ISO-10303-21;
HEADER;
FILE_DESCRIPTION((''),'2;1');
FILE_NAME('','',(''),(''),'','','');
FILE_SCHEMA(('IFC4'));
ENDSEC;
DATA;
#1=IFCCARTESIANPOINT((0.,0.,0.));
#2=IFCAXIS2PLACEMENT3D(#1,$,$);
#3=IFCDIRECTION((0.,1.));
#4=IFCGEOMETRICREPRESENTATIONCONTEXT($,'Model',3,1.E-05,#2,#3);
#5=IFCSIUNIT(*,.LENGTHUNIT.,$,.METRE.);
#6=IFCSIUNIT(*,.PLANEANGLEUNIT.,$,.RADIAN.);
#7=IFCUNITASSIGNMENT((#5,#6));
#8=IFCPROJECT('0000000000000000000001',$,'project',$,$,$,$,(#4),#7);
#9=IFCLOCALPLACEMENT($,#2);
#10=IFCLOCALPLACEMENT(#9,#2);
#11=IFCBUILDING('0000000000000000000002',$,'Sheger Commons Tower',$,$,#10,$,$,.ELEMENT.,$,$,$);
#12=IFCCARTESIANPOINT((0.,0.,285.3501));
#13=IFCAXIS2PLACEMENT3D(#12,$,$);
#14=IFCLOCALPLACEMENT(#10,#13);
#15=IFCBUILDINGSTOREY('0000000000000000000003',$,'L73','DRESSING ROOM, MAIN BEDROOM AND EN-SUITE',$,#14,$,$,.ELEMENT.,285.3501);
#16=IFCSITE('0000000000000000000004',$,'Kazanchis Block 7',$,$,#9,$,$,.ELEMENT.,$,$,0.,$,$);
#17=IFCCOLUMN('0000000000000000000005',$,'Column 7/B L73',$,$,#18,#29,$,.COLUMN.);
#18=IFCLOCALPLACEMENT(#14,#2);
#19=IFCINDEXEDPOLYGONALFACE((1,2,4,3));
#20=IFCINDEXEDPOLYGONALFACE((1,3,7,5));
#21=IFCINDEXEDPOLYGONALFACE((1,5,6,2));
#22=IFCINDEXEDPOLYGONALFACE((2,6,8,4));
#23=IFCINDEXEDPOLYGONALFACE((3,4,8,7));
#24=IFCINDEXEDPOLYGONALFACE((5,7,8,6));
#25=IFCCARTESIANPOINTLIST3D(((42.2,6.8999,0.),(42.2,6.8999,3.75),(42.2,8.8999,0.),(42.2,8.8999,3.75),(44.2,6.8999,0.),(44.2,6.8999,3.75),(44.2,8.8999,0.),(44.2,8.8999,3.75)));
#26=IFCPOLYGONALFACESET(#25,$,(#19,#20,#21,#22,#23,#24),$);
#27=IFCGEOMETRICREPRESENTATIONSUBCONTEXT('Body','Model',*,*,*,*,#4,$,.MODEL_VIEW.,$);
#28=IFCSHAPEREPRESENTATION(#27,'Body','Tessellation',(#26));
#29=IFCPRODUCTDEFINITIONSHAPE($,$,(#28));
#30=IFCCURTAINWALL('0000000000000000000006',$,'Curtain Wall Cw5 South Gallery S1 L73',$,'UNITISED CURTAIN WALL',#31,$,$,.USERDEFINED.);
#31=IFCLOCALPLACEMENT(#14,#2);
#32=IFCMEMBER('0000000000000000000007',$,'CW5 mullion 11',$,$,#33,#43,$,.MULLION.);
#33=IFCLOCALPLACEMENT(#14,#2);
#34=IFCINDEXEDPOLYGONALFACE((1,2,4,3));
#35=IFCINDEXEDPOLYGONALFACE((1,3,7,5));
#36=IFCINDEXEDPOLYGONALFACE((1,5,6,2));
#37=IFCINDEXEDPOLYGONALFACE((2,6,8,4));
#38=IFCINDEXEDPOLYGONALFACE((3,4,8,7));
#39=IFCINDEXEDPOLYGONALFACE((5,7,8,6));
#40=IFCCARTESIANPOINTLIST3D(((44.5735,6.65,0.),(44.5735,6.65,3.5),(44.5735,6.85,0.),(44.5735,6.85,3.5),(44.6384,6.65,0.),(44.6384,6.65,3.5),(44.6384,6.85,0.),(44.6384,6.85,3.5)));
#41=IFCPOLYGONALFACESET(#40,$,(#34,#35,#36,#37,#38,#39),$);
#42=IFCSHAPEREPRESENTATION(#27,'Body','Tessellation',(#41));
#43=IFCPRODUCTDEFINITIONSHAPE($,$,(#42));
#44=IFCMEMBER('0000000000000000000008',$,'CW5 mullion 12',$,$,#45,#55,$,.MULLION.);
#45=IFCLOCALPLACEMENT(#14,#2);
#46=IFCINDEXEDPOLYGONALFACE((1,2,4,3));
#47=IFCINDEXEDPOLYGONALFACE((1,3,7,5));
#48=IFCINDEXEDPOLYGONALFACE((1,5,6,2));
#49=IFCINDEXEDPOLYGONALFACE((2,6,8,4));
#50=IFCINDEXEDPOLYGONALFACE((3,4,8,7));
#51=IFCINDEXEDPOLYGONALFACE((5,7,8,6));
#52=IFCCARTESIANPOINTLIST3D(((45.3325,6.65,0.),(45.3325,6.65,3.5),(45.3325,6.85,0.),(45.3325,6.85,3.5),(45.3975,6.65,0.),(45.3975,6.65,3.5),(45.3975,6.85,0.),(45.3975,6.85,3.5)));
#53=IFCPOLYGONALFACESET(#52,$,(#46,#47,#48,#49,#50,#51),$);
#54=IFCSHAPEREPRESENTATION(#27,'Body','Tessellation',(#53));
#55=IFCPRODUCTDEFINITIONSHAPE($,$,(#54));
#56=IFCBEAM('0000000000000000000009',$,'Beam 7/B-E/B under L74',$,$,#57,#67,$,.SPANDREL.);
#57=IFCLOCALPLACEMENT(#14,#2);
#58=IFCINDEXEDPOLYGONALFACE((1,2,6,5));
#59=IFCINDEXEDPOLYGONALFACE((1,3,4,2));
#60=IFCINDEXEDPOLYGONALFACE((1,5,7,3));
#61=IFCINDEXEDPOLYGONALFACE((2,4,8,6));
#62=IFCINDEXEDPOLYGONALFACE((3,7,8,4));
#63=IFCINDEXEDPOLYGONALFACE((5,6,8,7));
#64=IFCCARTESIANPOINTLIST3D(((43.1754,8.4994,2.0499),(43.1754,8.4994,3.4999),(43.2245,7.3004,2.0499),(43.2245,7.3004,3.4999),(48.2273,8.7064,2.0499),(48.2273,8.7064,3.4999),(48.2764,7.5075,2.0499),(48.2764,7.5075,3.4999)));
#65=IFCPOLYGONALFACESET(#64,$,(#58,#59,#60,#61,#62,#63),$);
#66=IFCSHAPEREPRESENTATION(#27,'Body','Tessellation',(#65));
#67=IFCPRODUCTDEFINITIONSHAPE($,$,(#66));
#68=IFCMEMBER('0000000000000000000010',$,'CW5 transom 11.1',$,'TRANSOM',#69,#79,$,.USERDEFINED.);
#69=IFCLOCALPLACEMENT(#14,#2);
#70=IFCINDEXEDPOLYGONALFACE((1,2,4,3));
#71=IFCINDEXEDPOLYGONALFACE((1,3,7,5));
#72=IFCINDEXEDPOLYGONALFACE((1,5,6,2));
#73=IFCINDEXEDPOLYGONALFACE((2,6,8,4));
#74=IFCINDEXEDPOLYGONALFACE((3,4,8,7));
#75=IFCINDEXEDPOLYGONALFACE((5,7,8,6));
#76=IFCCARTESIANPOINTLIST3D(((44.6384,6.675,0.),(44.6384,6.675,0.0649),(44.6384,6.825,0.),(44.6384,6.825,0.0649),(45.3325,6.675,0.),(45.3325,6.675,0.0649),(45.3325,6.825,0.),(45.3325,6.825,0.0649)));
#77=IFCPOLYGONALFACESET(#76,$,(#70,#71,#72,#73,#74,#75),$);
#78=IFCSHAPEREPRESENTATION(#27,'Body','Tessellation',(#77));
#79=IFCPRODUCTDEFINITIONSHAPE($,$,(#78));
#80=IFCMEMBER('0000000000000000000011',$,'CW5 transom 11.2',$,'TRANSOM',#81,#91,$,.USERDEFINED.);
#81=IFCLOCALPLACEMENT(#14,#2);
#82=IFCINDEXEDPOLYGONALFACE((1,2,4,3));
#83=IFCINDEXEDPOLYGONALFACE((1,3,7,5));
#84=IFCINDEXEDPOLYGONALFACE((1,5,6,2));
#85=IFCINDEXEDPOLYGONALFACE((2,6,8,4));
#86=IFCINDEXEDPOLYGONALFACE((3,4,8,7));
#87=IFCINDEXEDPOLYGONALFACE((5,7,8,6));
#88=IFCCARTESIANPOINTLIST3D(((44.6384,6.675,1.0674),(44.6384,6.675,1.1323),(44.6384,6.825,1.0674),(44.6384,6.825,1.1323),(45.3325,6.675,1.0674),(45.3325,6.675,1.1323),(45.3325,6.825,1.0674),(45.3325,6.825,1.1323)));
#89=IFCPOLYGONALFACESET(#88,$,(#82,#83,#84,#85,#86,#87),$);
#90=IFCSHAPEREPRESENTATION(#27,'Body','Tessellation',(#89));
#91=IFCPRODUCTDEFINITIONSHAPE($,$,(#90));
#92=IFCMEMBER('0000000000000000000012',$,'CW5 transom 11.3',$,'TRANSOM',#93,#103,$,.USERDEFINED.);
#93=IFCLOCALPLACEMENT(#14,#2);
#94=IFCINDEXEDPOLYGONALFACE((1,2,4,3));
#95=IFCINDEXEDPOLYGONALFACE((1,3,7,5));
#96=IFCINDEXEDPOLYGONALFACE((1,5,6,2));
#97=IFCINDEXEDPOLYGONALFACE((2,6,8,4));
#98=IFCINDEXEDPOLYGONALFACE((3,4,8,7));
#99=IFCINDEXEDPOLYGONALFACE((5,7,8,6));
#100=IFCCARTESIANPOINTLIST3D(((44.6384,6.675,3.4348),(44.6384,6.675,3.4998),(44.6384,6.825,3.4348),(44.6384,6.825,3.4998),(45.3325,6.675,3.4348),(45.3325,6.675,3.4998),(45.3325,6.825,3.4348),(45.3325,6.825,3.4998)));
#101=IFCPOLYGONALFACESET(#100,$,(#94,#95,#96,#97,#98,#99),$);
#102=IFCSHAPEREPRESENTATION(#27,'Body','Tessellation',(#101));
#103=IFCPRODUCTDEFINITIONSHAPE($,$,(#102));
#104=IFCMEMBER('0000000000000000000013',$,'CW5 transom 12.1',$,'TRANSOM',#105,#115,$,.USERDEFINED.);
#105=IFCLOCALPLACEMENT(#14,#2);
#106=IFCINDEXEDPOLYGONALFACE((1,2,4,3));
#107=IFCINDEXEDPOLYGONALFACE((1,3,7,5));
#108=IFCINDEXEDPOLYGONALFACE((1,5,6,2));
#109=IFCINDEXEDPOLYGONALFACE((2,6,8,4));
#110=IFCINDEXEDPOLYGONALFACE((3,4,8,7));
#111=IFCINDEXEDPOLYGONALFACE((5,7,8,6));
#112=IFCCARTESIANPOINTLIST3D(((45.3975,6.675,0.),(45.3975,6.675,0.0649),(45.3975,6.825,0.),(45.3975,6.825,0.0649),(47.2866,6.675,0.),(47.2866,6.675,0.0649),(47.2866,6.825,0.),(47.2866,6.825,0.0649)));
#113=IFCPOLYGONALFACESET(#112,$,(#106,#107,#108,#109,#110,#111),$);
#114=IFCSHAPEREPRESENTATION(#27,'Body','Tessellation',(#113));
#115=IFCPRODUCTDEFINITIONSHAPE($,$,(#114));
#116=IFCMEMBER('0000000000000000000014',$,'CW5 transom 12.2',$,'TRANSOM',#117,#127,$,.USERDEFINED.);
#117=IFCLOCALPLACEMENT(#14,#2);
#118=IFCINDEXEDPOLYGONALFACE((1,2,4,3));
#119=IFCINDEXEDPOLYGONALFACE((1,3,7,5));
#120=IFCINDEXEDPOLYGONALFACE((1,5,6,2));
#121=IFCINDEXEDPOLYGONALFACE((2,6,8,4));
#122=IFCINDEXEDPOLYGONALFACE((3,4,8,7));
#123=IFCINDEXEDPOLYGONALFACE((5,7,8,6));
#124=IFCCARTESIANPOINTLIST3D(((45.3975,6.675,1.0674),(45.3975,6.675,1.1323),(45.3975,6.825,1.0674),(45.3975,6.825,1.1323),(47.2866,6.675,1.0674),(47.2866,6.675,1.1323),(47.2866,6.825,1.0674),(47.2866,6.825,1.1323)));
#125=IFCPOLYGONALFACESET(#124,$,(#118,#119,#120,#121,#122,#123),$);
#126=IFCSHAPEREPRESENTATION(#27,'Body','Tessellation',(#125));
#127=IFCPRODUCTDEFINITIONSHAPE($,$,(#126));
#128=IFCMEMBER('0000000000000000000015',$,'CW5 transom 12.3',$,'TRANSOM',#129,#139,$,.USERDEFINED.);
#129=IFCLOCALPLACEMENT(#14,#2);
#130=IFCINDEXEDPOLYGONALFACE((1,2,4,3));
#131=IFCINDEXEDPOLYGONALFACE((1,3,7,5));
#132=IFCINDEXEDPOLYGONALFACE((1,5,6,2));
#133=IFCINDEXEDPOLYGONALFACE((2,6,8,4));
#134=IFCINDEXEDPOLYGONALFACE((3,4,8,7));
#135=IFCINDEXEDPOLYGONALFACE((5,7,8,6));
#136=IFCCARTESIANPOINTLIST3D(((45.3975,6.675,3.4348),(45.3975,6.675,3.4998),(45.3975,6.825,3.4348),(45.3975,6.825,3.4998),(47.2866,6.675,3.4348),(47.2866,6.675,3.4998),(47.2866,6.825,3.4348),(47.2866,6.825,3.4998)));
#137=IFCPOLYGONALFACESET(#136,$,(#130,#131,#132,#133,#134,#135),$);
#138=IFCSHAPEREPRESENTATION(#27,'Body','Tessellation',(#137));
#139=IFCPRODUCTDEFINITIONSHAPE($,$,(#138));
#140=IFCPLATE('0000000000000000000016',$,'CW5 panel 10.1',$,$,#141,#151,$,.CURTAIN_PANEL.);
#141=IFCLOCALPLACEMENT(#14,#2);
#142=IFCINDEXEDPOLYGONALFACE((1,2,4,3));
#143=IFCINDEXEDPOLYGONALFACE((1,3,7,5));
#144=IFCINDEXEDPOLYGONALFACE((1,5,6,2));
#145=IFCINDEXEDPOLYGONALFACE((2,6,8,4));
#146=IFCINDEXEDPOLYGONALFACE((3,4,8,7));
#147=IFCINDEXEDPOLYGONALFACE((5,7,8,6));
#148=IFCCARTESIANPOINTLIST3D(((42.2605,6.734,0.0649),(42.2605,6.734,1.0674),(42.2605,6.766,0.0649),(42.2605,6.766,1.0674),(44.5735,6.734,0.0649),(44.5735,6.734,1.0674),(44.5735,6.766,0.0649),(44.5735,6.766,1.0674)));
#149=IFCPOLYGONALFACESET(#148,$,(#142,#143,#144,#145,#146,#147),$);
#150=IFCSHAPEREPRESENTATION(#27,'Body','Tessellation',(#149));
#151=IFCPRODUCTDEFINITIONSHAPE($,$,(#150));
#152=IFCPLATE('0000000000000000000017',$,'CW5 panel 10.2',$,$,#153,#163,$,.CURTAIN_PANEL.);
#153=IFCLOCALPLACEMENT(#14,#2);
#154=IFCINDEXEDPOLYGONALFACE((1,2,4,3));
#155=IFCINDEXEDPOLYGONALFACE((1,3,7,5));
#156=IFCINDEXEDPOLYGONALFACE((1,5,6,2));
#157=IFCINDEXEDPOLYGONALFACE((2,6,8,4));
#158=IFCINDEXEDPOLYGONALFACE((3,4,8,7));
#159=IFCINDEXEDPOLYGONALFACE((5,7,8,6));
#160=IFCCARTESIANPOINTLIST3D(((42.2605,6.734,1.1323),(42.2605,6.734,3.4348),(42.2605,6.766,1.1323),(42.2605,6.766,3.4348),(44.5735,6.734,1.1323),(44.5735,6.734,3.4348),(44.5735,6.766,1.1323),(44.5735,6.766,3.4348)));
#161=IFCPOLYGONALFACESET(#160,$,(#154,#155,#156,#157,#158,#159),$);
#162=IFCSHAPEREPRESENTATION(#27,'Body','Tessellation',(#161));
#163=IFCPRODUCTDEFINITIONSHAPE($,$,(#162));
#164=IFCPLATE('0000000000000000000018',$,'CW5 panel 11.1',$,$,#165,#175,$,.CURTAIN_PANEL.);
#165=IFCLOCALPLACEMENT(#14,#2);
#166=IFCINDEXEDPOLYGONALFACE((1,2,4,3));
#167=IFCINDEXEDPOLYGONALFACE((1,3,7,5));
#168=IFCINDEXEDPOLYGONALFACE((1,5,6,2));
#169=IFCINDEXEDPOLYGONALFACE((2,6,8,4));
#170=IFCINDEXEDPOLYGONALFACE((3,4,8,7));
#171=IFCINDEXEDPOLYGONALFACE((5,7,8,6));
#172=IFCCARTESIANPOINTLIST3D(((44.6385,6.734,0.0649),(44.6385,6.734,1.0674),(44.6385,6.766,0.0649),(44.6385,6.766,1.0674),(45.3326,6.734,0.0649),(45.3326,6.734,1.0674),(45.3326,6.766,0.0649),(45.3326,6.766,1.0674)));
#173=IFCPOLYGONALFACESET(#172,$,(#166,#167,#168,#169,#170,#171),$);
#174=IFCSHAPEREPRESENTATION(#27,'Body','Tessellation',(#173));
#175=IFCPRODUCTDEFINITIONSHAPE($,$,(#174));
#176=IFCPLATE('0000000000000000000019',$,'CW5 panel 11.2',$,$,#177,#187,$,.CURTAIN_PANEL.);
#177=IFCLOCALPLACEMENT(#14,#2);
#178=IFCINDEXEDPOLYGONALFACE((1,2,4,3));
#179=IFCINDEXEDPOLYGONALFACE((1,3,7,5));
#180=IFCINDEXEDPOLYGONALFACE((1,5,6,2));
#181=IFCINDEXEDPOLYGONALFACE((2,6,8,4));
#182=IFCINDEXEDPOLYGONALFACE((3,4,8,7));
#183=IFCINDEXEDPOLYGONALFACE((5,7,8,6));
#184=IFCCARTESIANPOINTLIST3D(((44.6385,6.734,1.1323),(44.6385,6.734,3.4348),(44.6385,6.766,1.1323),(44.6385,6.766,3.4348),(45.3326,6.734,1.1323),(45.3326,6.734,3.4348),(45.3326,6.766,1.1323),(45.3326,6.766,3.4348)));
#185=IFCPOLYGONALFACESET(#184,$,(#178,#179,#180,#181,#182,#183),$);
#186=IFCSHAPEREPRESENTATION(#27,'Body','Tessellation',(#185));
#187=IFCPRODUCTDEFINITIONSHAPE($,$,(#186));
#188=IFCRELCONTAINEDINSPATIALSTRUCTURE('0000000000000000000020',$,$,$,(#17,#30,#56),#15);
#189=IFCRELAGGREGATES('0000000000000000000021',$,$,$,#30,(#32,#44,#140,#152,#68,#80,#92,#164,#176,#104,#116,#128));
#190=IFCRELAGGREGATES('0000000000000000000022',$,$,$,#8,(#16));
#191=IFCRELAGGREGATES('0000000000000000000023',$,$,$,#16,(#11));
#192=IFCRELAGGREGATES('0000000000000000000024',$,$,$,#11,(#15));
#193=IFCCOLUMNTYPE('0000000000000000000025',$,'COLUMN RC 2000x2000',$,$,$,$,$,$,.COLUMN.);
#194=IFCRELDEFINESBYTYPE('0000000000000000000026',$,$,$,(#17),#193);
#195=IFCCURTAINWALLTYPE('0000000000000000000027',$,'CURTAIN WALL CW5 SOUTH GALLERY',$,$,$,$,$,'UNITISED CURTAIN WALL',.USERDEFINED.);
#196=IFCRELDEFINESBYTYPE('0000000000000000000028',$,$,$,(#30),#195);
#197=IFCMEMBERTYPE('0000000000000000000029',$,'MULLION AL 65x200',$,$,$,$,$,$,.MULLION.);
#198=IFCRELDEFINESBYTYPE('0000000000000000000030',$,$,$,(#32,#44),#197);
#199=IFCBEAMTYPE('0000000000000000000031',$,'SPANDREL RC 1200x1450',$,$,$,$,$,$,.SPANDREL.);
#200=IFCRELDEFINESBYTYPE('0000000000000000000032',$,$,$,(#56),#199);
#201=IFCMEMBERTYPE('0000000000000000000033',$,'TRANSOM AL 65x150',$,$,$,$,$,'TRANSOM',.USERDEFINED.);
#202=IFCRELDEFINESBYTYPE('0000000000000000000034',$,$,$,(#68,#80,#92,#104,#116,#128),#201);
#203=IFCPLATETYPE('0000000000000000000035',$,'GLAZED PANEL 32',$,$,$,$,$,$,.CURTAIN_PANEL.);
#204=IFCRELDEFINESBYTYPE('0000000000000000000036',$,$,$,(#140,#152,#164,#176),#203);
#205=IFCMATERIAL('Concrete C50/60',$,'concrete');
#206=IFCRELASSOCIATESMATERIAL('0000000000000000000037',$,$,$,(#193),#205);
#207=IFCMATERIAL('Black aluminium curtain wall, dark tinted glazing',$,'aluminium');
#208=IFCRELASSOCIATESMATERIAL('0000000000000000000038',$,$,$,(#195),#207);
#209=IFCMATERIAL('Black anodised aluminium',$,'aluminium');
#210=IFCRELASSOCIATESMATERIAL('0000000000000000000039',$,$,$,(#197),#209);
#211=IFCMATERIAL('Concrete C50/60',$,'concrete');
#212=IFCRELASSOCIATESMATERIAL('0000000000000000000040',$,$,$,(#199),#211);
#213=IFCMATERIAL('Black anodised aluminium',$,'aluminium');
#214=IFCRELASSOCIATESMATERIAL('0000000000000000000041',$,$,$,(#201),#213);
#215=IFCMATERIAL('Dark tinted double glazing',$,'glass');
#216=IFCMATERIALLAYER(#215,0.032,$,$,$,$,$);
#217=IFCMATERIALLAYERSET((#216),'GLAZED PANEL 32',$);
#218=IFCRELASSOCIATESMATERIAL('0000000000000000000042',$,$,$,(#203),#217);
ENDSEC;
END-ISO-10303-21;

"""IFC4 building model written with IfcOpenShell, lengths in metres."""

from ifc_helpers import new_model, si_unit, direction, frame, origin, origin_2d, place, context, subcontext, project, spatial, rectangle, extrude, material, layer, layer_set, material_profile, profile_set, type_object, element, aggregate, save


model = new_model("IFC4")

# Units and contexts
model_context = context("Model", 3, precision=1e-05, world=origin(), true_north=direction((0.0, 1.0)))
body_context = subcontext(model_context, "Body", "Model", "MODEL_VIEW")
ifc_project = project(units=[si_unit("LENGTHUNIT", "METRE"), si_unit("PLANEANGLEUNIT", "RADIAN")], contexts=[model_context])

# Site, building, storey
site_placement = place(None, origin())
site = spatial("IfcSite", under=ifc_project, at=site_placement, Name="Kazanchis Block 7", CompositionType="ELEMENT", RefElevation=0.0)
building_placement = place(site_placement, origin())
building = spatial("IfcBuilding", under=site, at=building_placement, Name="Sheger Commons Tower", CompositionType="ELEMENT")
storey_placement = place(building_placement, frame((0.0, 0.0, 285.3501)))
storey = spatial("IfcBuildingStorey", under=building, at=storey_placement, Name="L73", Description="DRESSING ROOM, MAIN BEDROOM AND EN-SUITE", CompositionType="ELEMENT", Elevation=285.3501)

# Column
ifc_material_1 = material(Name="Concrete C50/60", Category="concrete")
ifc_material_profile_1 = material_profile(ifc_material_1, rectangle(XDim=2.0, YDim=2.0, at=origin_2d()), Name="RC 2000x2000")
ifc_profile_set_1 = profile_set([ifc_material_profile_1], Name="Concrete C50/60")
column_type = type_object("IfcColumnType", Name="COLUMN RC 2000x2000", PredefinedType="COLUMN", material=ifc_profile_set_1)
column_placement = place(storey_placement, frame((43.2, 7.8999, 0.0), z_axis=(0.0, 0.0, 1.0), x_axis=(1.0, 0.0, 0.0)))
element("IfcColumn", 1, at=column_placement, inside=storey, type_object=column_type, Name="Column 7/B L73", PredefinedType="COLUMN", context=body_context, shape_type="SweptSolid", body=[
    extrude(rectangle(XDim=2.0, YDim=2.0, at=origin_2d()), origin(), (0.0, 0.0, 1.0), 3.75),
])

# Curtain wall, members
ifc_material_2 = material(Name="Black aluminium curtain wall, dark tinted glazing", Category="aluminium")
curtain_wall_type = type_object("IfcCurtainWallType", Name="CURTAIN WALL CW5 SOUTH GALLERY", ElementType="UNITISED CURTAIN WALL", PredefinedType="USERDEFINED", material=ifc_material_2)
curtain_wall_placement = place(storey_placement, origin())
curtain_wall = element("IfcCurtainWall", 2, at=curtain_wall_placement, inside=storey, type_object=curtain_wall_type, Name="Curtain Wall Cw5 South Gallery S1 L73", ObjectType="UNITISED CURTAIN WALL", PredefinedType="USERDEFINED")
ifc_material_3 = material(Name="Black anodised aluminium", Category="aluminium")
ifc_material_profile_2 = material_profile(ifc_material_3, rectangle(XDim=0.2, YDim=0.0649, at=origin_2d()), Name="AL 65x200")
ifc_profile_set_2 = profile_set([ifc_material_profile_2], Name="Black anodised aluminium")
member_type_1 = type_object("IfcMemberType", Name="MULLION AL 65x200", PredefinedType="MULLION", material=ifc_profile_set_2)
member_1_placement = place(storey_placement, frame((44.606, 6.75, 0.0), z_axis=(0.0, 0.0, 1.0), x_axis=(0.0, 1.0, 0.0)))
member_1 = element("IfcMember", 3, at=member_1_placement, type_object=member_type_1, Name="CW5 mullion 11", PredefinedType="MULLION", context=body_context, shape_type="SweptSolid", body=[
    extrude(rectangle(XDim=0.2, YDim=0.0649, at=origin_2d()), origin(), (0.0, 0.0, 1.0), 3.5),
])
member_2_placement = place(storey_placement, frame((45.365, 6.75, 0.0), z_axis=(0.0, 0.0, 1.0), x_axis=(0.0, 1.0, 0.0)))
member_2 = element("IfcMember", 4, at=member_2_placement, type_object=member_type_1, Name="CW5 mullion 12", PredefinedType="MULLION", context=body_context, shape_type="SweptSolid", body=[
    extrude(rectangle(XDim=0.2, YDim=0.0649, at=origin_2d()), origin(), (0.0, 0.0, 1.0), 3.5),
])

# Beam
ifc_material_4 = material(Name="Concrete C50/60", Category="concrete")
ifc_material_profile_3 = material_profile(ifc_material_4, rectangle(XDim=1.2, YDim=1.45, at=origin_2d()), Name="RC 1200x1450")
ifc_profile_set_3 = profile_set([ifc_material_profile_3], Name="Concrete C50/60")
beam_type = type_object("IfcBeamType", Name="SPANDREL RC 1200x1450", PredefinedType="SPANDREL", material=ifc_profile_set_3)
beam_placement = place(storey_placement, frame((43.2, 7.8999, 2.7749), z_axis=(0.999161, 0.040946, 0.0), x_axis=(-0.040946, 0.999161, 0.0)))
element("IfcBeam", 5, at=beam_placement, inside=storey, type_object=beam_type, Name="Beam 7/B-E/B under L74", PredefinedType="SPANDREL", context=body_context, shape_type="SweptSolid", body=[
    extrude(rectangle(XDim=1.2, YDim=1.45, at=origin_2d()), origin(), (0.0, 0.0, 1.0), 5.0562),
])

# Members
ifc_material_5 = material(Name="Black anodised aluminium", Category="aluminium")
ifc_material_profile_4 = material_profile(ifc_material_5, rectangle(XDim=0.1499, YDim=0.0649, at=origin_2d()), Name="AL 65x150")
ifc_profile_set_4 = profile_set([ifc_material_profile_4], Name="Black anodised aluminium")
member_type_2 = type_object("IfcMemberType", Name="TRANSOM AL 65x150", ElementType="TRANSOM", PredefinedType="USERDEFINED", material=ifc_profile_set_4)
member_3_placement = place(storey_placement, frame((44.6384, 6.75, 0.0325), z_axis=(1.0, 0.0, 0.0), x_axis=(0.0, 1.0, 0.0)))
member_3 = element("IfcMember", 6, at=member_3_placement, type_object=member_type_2, Name="CW5 transom 11.1", ObjectType="TRANSOM", PredefinedType="USERDEFINED", context=body_context, shape_type="SweptSolid", body=[
    extrude(rectangle(XDim=0.1499, YDim=0.0649, at=origin_2d()), origin(), (0.0, 0.0, 1.0), 0.6941),
])
member_4_placement = place(storey_placement, frame((44.6384, 6.75, 1.0999), z_axis=(1.0, 0.0, 0.0), x_axis=(0.0, 1.0, 0.0)))
member_4 = element("IfcMember", 7, at=member_4_placement, type_object=member_type_2, Name="CW5 transom 11.2", ObjectType="TRANSOM", PredefinedType="USERDEFINED", context=body_context, shape_type="SweptSolid", body=[
    extrude(rectangle(XDim=0.1499, YDim=0.0649, at=origin_2d()), origin(), (0.0, 0.0, 1.0), 0.6941),
])
member_5_placement = place(storey_placement, frame((44.6384, 6.75, 3.4673), z_axis=(1.0, 0.0, 0.0), x_axis=(0.0, 1.0, 0.0)))
member_5 = element("IfcMember", 8, at=member_5_placement, type_object=member_type_2, Name="CW5 transom 11.3", ObjectType="TRANSOM", PredefinedType="USERDEFINED", context=body_context, shape_type="SweptSolid", body=[
    extrude(rectangle(XDim=0.1499, YDim=0.0649, at=origin_2d()), origin(), (0.0, 0.0, 1.0), 0.6941),
])
member_6_placement = place(storey_placement, frame((45.3975, 6.75, 0.0325), z_axis=(1.0, 0.0, 0.0), x_axis=(0.0, 1.0, 0.0)))
member_6 = element("IfcMember", 9, at=member_6_placement, type_object=member_type_2, Name="CW5 transom 12.1", ObjectType="TRANSOM", PredefinedType="USERDEFINED", context=body_context, shape_type="SweptSolid", body=[
    extrude(rectangle(XDim=0.1499, YDim=0.0649, at=origin_2d()), origin(), (0.0, 0.0, 1.0), 1.8892),
])
member_7_placement = place(storey_placement, frame((45.3975, 6.75, 1.0999), z_axis=(1.0, 0.0, 0.0), x_axis=(0.0, 1.0, 0.0)))
member_7 = element("IfcMember", 10, at=member_7_placement, type_object=member_type_2, Name="CW5 transom 12.2", ObjectType="TRANSOM", PredefinedType="USERDEFINED", context=body_context, shape_type="SweptSolid", body=[
    extrude(rectangle(XDim=0.1499, YDim=0.0649, at=origin_2d()), origin(), (0.0, 0.0, 1.0), 1.8892),
])
member_8_placement = place(storey_placement, frame((45.3975, 6.75, 3.4673), z_axis=(1.0, 0.0, 0.0), x_axis=(0.0, 1.0, 0.0)))
member_8 = element("IfcMember", 11, at=member_8_placement, type_object=member_type_2, Name="CW5 transom 12.3", ObjectType="TRANSOM", PredefinedType="USERDEFINED", context=body_context, shape_type="SweptSolid", body=[
    extrude(rectangle(XDim=0.1499, YDim=0.0649, at=origin_2d()), origin(), (0.0, 0.0, 1.0), 1.8892),
])

# Plates
ifc_material_6 = material(Name="Dark tinted double glazing", Category="glass")
ifc_layer_1 = layer(ifc_material_6, 0.032)
ifc_layer_set_1 = layer_set([ifc_layer_1], Name="GLAZED PANEL 32")
plate_type_1 = type_object("IfcPlateType", Name="GLAZED PANEL 32", PredefinedType="CURTAIN_PANEL", material=ifc_layer_set_1)
plate_1_placement = place(storey_placement, frame((43.417, 6.75, 0.0649), z_axis=(0.0, 0.0, 1.0), x_axis=(1.0, 0.0, 0.0)))
plate_1 = element("IfcPlate", 12, at=plate_1_placement, type_object=plate_type_1, Name="CW5 panel 10.1", PredefinedType="CURTAIN_PANEL", context=body_context, shape_type="SweptSolid", body=[
    extrude(rectangle(XDim=2.313, YDim=0.032, at=origin_2d()), origin(), (0.0, 0.0, 1.0), 1.0024),
])
plate_2_placement = place(storey_placement, frame((43.417, 6.75, 1.1323), z_axis=(0.0, 0.0, 1.0), x_axis=(1.0, 0.0, 0.0)))
plate_2 = element("IfcPlate", 13, at=plate_2_placement, type_object=plate_type_1, Name="CW5 panel 10.2", PredefinedType="CURTAIN_PANEL", context=body_context, shape_type="SweptSolid", body=[
    extrude(rectangle(XDim=2.313, YDim=0.032, at=origin_2d()), origin(), (0.0, 0.0, 1.0), 2.3025),
])
plate_3_placement = place(storey_placement, frame((44.9856, 6.75, 0.0649), z_axis=(0.0, 0.0, 1.0), x_axis=(1.0, 0.0, 0.0)))
plate_3 = element("IfcPlate", 14, at=plate_3_placement, type_object=plate_type_1, Name="CW5 panel 11.1", PredefinedType="CURTAIN_PANEL", context=body_context, shape_type="SweptSolid", body=[
    extrude(rectangle(XDim=0.6941, YDim=0.032, at=origin_2d()), origin(), (0.0, 0.0, 1.0), 1.0024),
])
plate_4_placement = place(storey_placement, frame((44.9856, 6.75, 1.1323), z_axis=(0.0, 0.0, 1.0), x_axis=(1.0, 0.0, 0.0)))
plate_4 = element("IfcPlate", 15, at=plate_4_placement, type_object=plate_type_1, Name="CW5 panel 11.2", PredefinedType="CURTAIN_PANEL", context=body_context, shape_type="SweptSolid", body=[
    extrude(rectangle(XDim=0.6941, YDim=0.032, at=origin_2d()), origin(), (0.0, 0.0, 1.0), 2.3025),
])
aggregate(curtain_wall, [member_1, member_2, plate_1, plate_2, member_3, member_4, member_5, plate_3, plate_4, member_6, member_7, member_8])

save(model, "model.ifc")
